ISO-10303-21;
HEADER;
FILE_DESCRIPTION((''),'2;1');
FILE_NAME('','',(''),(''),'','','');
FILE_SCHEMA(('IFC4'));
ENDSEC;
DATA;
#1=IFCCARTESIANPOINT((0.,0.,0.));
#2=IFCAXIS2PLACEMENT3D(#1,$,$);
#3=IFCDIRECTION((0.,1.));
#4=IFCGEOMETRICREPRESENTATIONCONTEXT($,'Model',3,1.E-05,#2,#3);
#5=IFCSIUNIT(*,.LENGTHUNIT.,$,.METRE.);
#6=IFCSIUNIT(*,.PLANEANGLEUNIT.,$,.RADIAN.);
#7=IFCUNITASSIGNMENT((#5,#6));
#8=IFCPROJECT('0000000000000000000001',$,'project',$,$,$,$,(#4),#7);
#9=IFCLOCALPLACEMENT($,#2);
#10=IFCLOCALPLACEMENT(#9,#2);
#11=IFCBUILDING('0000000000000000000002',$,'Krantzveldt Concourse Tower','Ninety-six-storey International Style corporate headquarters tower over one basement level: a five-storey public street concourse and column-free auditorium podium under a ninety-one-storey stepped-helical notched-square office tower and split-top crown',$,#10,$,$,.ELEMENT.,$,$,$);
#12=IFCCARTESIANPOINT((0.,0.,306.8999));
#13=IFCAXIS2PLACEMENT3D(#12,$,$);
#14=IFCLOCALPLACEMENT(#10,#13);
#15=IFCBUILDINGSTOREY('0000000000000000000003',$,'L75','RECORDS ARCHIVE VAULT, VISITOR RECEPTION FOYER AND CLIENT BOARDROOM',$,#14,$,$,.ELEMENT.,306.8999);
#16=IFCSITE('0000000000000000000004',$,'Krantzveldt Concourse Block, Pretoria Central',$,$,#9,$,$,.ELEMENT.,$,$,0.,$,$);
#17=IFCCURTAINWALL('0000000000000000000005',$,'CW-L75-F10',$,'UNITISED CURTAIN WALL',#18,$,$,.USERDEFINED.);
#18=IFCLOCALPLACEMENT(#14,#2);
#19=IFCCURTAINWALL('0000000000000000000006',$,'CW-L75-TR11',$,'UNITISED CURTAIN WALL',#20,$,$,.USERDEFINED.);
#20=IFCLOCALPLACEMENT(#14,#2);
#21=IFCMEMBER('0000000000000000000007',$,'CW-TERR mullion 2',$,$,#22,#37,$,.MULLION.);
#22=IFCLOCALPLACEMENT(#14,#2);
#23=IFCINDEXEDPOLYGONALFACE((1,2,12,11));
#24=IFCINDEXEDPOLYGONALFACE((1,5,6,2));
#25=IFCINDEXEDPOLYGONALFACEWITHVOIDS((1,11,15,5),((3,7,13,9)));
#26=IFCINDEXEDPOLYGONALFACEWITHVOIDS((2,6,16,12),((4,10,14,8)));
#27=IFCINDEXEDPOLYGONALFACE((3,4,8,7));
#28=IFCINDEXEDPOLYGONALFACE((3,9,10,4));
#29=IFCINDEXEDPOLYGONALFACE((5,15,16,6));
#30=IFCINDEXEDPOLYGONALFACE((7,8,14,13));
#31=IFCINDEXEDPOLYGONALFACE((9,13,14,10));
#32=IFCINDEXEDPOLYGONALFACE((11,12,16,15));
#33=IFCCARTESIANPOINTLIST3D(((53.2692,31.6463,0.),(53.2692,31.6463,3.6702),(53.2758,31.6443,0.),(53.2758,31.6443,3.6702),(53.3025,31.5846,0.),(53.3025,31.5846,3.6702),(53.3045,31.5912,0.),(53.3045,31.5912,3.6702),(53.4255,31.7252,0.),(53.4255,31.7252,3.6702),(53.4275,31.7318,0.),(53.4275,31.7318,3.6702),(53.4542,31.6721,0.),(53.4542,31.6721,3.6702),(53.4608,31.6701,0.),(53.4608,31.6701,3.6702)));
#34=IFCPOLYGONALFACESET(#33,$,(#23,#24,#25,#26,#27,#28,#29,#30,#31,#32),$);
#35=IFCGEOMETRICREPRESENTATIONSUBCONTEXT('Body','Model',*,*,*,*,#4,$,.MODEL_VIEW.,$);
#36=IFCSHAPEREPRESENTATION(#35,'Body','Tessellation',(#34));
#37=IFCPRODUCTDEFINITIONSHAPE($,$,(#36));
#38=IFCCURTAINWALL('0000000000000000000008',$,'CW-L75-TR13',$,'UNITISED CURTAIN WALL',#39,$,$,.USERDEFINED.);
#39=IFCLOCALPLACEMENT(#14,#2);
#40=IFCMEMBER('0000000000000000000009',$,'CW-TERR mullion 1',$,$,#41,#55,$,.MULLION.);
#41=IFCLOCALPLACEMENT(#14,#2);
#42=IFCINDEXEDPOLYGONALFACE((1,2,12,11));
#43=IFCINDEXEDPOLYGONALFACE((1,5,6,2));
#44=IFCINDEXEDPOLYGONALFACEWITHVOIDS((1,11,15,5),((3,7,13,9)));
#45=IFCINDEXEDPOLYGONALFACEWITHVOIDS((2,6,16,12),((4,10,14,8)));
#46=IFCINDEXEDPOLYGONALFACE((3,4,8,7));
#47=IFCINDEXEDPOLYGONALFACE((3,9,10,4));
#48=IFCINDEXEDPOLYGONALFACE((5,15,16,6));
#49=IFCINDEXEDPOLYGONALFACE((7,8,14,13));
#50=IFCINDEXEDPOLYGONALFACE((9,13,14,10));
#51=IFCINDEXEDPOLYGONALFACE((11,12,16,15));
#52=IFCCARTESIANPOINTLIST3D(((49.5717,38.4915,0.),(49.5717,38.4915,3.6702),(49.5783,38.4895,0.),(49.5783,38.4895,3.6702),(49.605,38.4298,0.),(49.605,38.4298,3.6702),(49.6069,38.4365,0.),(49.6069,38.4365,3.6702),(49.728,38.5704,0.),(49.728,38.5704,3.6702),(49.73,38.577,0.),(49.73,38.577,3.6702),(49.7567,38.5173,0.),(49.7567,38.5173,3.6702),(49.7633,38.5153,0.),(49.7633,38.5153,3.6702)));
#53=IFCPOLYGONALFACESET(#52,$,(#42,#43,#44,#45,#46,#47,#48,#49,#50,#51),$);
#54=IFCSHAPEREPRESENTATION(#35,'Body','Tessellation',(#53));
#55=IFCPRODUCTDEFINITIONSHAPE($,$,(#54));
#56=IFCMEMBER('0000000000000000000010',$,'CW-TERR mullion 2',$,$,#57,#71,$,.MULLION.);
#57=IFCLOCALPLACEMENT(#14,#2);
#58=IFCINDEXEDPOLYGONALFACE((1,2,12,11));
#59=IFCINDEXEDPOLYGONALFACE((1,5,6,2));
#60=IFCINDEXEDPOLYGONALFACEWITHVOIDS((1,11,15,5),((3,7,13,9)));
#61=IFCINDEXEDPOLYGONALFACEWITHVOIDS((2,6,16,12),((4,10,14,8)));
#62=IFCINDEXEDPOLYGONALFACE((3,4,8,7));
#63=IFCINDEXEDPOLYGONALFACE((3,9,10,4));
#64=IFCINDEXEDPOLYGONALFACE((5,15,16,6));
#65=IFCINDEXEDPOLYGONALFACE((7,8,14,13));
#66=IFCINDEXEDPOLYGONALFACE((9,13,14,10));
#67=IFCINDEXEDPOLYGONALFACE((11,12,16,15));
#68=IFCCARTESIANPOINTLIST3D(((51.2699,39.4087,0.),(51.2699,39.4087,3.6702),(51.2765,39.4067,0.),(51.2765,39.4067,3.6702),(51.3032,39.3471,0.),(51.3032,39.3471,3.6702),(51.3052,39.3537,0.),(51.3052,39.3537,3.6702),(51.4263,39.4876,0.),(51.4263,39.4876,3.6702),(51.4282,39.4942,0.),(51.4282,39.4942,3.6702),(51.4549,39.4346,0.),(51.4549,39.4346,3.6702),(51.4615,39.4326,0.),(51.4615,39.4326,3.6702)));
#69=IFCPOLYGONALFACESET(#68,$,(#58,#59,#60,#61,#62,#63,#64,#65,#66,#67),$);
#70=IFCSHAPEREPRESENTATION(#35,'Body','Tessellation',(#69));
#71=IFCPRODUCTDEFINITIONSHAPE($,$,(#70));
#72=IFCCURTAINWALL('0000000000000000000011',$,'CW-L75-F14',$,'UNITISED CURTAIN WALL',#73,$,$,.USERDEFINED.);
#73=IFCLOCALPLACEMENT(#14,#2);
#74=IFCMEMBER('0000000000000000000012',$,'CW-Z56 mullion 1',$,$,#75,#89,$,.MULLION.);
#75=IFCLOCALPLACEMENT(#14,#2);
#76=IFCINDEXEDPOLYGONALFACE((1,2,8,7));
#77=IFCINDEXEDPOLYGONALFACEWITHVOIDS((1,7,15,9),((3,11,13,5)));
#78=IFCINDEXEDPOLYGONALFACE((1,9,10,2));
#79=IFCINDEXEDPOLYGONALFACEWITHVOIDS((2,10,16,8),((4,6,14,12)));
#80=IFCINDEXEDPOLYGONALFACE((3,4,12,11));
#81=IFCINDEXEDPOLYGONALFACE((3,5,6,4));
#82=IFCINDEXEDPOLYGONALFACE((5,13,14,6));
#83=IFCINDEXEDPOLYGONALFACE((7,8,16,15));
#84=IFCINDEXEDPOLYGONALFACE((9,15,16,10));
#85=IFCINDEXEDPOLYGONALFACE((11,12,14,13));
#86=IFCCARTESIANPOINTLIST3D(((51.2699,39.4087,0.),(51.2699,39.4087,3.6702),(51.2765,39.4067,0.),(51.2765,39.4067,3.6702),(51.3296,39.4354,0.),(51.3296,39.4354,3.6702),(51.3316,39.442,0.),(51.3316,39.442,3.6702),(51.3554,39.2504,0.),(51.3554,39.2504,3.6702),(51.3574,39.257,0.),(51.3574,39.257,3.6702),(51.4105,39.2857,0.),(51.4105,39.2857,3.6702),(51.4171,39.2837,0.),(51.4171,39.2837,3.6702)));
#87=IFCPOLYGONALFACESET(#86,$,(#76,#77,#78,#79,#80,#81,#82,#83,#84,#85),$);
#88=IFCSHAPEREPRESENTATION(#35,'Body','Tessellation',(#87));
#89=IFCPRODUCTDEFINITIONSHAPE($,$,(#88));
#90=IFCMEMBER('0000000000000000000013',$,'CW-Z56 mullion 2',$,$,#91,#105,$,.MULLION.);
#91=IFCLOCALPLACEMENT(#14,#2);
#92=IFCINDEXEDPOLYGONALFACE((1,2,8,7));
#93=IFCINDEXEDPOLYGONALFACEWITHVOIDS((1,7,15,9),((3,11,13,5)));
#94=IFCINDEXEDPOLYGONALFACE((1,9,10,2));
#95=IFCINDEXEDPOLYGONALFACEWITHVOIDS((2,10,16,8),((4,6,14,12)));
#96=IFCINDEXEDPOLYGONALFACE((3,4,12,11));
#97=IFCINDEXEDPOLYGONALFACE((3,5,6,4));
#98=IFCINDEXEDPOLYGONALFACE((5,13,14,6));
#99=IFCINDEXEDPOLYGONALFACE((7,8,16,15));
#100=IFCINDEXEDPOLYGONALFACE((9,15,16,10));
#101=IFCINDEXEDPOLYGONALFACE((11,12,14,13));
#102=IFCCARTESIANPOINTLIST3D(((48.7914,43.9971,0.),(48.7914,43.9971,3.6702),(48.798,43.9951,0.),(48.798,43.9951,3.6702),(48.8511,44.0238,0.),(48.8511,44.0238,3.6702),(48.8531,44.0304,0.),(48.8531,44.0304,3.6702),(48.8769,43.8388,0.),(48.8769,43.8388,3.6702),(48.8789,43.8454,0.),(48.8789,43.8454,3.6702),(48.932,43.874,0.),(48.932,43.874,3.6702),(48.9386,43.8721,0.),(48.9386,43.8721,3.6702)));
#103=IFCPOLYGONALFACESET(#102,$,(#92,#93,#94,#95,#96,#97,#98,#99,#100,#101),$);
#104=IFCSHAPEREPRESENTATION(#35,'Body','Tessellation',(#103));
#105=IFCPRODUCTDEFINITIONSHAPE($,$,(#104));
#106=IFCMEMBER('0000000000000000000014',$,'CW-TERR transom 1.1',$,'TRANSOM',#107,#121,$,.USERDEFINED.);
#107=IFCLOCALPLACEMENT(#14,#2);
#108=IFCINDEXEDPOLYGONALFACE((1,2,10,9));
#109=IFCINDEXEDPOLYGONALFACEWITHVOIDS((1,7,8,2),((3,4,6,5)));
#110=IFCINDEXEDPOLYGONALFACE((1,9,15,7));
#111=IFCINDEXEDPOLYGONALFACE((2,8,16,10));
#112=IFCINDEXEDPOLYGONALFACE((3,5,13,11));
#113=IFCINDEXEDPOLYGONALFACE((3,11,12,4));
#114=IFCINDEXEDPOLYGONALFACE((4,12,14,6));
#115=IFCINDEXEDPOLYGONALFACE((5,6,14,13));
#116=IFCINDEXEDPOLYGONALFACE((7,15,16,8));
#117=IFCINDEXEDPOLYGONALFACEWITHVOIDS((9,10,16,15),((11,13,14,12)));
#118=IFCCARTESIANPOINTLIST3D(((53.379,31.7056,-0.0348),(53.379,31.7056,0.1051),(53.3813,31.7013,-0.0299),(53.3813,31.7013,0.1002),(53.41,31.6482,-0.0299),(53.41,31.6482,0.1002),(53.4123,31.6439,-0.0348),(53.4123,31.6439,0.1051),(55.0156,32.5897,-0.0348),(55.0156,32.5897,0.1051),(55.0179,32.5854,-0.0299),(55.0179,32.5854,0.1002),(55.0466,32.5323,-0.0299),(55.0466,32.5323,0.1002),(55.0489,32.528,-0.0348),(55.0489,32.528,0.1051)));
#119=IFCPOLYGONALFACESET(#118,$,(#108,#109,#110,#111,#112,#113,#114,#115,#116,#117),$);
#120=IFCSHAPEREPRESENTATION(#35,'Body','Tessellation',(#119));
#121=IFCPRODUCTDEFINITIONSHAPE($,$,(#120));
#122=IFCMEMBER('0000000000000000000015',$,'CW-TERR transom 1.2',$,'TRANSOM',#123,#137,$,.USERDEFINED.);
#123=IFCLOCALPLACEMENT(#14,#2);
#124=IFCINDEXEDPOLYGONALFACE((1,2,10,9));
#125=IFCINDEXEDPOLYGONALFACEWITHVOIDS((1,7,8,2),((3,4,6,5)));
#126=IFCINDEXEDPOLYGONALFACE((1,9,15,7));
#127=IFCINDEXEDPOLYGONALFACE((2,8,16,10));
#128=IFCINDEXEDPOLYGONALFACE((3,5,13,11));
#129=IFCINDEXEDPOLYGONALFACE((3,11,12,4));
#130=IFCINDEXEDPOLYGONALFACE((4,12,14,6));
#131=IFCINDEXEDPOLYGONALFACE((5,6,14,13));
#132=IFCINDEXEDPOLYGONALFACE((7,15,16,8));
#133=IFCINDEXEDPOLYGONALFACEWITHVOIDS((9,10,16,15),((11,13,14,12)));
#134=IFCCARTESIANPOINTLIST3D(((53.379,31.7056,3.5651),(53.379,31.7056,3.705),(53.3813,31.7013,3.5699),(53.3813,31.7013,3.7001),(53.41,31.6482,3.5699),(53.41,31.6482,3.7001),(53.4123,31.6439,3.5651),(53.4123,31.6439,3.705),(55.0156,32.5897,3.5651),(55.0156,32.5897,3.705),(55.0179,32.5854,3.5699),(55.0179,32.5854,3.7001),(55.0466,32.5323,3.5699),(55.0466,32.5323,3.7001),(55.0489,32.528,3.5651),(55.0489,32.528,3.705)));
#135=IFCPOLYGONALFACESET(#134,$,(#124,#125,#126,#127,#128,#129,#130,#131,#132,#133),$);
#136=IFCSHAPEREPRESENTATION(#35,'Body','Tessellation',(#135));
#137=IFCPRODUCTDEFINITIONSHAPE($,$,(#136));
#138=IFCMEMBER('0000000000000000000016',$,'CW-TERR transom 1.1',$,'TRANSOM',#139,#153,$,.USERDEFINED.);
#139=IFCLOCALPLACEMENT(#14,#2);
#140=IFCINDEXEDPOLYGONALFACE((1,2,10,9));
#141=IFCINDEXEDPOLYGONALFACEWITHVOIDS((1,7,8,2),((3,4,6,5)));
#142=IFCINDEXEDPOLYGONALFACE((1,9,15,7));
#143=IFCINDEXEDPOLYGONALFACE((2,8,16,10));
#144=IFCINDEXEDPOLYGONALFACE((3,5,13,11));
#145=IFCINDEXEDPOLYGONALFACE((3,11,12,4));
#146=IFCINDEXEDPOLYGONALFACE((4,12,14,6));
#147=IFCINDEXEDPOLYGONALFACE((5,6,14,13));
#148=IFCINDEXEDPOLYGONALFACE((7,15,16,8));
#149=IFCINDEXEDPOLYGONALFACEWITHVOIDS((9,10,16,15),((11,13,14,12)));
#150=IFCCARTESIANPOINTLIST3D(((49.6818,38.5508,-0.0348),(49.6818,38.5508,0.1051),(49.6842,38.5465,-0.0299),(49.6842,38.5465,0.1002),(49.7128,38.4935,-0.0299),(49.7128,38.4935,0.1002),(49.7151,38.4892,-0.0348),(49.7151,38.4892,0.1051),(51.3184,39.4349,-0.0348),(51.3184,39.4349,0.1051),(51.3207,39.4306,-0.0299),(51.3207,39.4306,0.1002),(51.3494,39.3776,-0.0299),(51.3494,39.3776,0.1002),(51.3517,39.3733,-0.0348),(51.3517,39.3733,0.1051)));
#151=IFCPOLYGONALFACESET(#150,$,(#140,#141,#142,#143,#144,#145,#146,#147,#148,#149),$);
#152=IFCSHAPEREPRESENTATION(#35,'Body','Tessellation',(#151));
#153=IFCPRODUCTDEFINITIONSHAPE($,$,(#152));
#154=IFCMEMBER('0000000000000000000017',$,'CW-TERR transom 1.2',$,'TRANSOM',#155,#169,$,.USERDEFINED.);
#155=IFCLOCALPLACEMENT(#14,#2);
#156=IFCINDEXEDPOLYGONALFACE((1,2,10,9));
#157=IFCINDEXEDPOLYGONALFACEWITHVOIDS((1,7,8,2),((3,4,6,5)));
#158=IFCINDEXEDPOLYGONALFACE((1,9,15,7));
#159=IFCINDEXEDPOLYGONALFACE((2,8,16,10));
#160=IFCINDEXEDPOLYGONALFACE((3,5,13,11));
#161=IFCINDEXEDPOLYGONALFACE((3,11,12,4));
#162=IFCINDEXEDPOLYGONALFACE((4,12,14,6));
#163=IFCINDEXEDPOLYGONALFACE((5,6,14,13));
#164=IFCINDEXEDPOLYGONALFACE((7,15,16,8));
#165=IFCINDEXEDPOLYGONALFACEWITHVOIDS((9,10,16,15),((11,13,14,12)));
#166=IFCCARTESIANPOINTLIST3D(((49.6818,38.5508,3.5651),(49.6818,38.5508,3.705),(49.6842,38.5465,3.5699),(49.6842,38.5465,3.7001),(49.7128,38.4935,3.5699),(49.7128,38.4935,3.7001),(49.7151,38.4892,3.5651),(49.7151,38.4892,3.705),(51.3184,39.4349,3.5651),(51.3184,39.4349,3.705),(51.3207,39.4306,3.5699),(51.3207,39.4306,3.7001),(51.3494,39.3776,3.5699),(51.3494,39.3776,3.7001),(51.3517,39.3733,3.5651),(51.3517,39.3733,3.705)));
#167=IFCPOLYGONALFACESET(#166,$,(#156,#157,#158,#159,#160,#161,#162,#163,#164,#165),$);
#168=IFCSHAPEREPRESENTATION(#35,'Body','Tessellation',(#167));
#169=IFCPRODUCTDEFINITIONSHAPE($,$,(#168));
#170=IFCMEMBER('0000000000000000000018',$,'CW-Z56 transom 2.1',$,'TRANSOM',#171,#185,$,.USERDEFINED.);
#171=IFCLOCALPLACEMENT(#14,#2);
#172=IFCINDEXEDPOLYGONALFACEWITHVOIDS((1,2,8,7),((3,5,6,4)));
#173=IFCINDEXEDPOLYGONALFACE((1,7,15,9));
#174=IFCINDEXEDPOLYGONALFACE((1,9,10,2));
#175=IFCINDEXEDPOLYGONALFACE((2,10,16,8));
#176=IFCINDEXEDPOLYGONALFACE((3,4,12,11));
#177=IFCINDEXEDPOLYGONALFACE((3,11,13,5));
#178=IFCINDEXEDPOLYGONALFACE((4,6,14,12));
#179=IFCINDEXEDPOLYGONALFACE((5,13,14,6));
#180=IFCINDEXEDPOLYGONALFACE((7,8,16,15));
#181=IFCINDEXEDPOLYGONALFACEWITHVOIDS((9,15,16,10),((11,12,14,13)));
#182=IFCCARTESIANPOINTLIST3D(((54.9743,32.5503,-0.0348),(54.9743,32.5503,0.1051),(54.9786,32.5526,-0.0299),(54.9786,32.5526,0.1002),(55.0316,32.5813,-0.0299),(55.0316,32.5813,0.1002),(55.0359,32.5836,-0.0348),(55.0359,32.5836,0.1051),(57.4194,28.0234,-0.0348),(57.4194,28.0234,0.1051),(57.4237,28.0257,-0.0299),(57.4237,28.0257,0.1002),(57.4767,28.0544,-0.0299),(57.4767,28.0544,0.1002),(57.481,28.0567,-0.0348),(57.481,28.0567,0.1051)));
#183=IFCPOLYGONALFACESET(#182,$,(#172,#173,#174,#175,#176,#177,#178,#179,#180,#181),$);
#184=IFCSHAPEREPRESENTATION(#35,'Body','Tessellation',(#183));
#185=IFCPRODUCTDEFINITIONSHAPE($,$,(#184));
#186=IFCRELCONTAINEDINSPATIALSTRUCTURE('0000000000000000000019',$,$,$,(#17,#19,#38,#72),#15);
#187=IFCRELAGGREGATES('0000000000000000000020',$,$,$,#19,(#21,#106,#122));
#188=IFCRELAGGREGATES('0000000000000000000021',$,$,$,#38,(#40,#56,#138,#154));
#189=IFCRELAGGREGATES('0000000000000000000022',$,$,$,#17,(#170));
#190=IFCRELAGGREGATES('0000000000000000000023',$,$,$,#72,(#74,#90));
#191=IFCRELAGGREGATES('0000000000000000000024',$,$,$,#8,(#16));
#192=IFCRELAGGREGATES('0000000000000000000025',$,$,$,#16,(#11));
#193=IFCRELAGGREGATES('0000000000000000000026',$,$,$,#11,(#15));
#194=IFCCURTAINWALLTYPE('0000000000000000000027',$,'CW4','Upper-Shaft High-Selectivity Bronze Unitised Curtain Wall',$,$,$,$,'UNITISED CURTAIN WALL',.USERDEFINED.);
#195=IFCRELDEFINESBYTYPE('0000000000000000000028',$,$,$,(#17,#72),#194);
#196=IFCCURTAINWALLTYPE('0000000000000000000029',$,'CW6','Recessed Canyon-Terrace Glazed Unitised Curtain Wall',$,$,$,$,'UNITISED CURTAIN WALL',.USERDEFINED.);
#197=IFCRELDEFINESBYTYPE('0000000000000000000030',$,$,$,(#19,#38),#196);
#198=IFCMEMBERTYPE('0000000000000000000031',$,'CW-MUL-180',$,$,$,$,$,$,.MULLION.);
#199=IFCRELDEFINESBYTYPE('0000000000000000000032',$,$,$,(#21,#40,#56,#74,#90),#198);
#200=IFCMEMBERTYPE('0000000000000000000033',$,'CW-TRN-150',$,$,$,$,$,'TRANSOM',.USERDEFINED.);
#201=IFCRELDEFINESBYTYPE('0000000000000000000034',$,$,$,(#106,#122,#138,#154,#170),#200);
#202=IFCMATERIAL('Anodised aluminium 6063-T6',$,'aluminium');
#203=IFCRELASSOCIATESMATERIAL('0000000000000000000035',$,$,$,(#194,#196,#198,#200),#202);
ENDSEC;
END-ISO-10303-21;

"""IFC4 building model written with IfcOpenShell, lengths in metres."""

from ifc_helpers import new_model, si_unit, direction, frame, origin, origin_2d, place, context, subcontext, project, spatial, hollow_rectangle, extrude, source, transform, mapped, material, material_profile, profile_set, type_object, type_shapes, element, aggregate, save


model = new_model("IFC4")

# Units and contexts
model_context = context("Model", 3, precision=1e-05, world=origin(), true_north=direction((0.0, 1.0)))
body_context = subcontext(model_context, "Body", "Model", "MODEL_VIEW")
ifc_project = project(units=[si_unit("LENGTHUNIT", "METRE"), si_unit("PLANEANGLEUNIT", "RADIAN")], contexts=[model_context])

# Site, building, storey
site_placement = place(None, origin())
site = spatial("IfcSite", under=ifc_project, at=site_placement, Name="Krantzveldt Concourse Block, Pretoria Central", CompositionType="ELEMENT", RefElevation=0.0)
building_placement = place(site_placement, origin())
building = spatial("IfcBuilding", under=site, at=building_placement, Name="Krantzveldt Concourse Tower", Description="Ninety-six-storey International Style corporate headquarters tower over one basement level: a five-storey public street concourse and column-free auditorium podium under a ninety-one-storey stepped-helical notched-square office tower and split-top crown", CompositionType="ELEMENT")
storey_placement = place(building_placement, frame((0.0, 0.0, 306.8999)))
storey = spatial("IfcBuildingStorey", under=building, at=storey_placement, Name="L75", Description="RECORDS ARCHIVE VAULT, VISITOR RECEPTION FOYER AND CLIENT BOARDROOM", CompositionType="ELEMENT", Elevation=306.8999)

# Curtain walls, members
ifc_material_1 = material(Name="Anodised aluminium 6063-T6", Category="aluminium")
curtain_wall_type_1 = type_object("IfcCurtainWallType", Name="CW4", Description="Upper-Shaft High-Selectivity Bronze Unitised Curtain Wall", ElementType="UNITISED CURTAIN WALL", PredefinedType="USERDEFINED", material=ifc_material_1)
curtain_wall_1_placement = place(storey_placement, origin())
curtain_wall_1 = element("IfcCurtainWall", 1, at=curtain_wall_1_placement, inside=storey, type_object=curtain_wall_type_1, Name="CW-L75-F10", ObjectType="UNITISED CURTAIN WALL", PredefinedType="USERDEFINED")
ifc_material_profile_1 = material_profile(ifc_material_1, hollow_rectangle(XDim=0.0701, YDim=0.1799, WallThickness=0.0049, at=origin_2d()), Name="Anodised aluminium 6063-T6", Category="aluminium")
ifc_profile_set_1 = profile_set([ifc_material_profile_1], Name="Anodised aluminium 6063-T6 - ALU-MULL 180x70x5")
member_type_1 = type_object("IfcMemberType", Name="CW-MUL-180", PredefinedType="MULLION", material=ifc_profile_set_1)
shared_shape_1 = source(origin(), body_context, "Body", "SweptSolid", [
    extrude(hollow_rectangle(XDim=0.0701, YDim=0.1799, WallThickness=0.0049, at=origin_2d()), origin(), (0.0, 0.0, 1.0), 3.6702),
])
type_shapes(member_type_1, [shared_shape_1])
curtain_wall_type_2 = type_object("IfcCurtainWallType", Name="CW6", Description="Recessed Canyon-Terrace Glazed Unitised Curtain Wall", ElementType="UNITISED CURTAIN WALL", PredefinedType="USERDEFINED", material=ifc_material_1)
curtain_wall_2_placement = place(storey_placement, origin())
curtain_wall_2 = element("IfcCurtainWall", 2, at=curtain_wall_2_placement, inside=storey, type_object=curtain_wall_type_2, Name="CW-L75-TR11", ObjectType="UNITISED CURTAIN WALL", PredefinedType="USERDEFINED")
member_1_placement = place(storey_placement, frame((53.365, 31.6582, 0.0), z_axis=(0.0, 0.0, 1.0), x_axis=(0.475241, -0.879856, 0.0)))
member_1 = element("IfcMember", 3, at=member_1_placement, type_object=member_type_1, Name="CW-TERR mullion 2", PredefinedType="MULLION", context=body_context, shape_type="MappedRepresentation", body=[
    mapped(shared_shape_1, transform((0.0, 0.0, 0.0), x_axis=(1.0, 0.0, 0.0), y_axis=(0.0, 1.0, 0.0), z_axis=(0.0, 0.0, 1.0), scale=1.0)),
])
curtain_wall_3_placement = place(storey_placement, origin())
curtain_wall_3 = element("IfcCurtainWall", 4, at=curtain_wall_3_placement, inside=storey, type_object=curtain_wall_type_2, Name="CW-L75-TR13", ObjectType="UNITISED CURTAIN WALL", PredefinedType="USERDEFINED")
member_2_placement = place(storey_placement, frame((49.6675, 38.5034, 0.0), z_axis=(0.0, 0.0, 1.0), x_axis=(-0.475241, 0.879856, 0.0)))
member_2 = element("IfcMember", 5, at=member_2_placement, type_object=member_type_1, Name="CW-TERR mullion 1", PredefinedType="MULLION", context=body_context, shape_type="MappedRepresentation", body=[
    mapped(shared_shape_1, transform((0.0, 0.0, 0.0), x_axis=(1.0, 0.0, 0.0), y_axis=(0.0, 1.0, 0.0), z_axis=(0.0, 0.0, 1.0), scale=1.0)),
])
member_3_placement = place(storey_placement, frame((51.3657, 39.4207, 0.0), z_axis=(0.0, 0.0, 1.0), x_axis=(-0.475241, 0.879856, 0.0)))
member_3 = element("IfcMember", 6, at=member_3_placement, type_object=member_type_1, Name="CW-TERR mullion 2", PredefinedType="MULLION", context=body_context, shape_type="MappedRepresentation", body=[
    mapped(shared_shape_1, transform((0.0, 0.0, 0.0), x_axis=(1.0, 0.0, 0.0), y_axis=(0.0, 1.0, 0.0), z_axis=(0.0, 0.0, 1.0), scale=1.0)),
])
curtain_wall_4_placement = place(storey_placement, origin())
curtain_wall_4 = element("IfcCurtainWall", 7, at=curtain_wall_4_placement, inside=storey, type_object=curtain_wall_type_1, Name="CW-L75-F14", ObjectType="UNITISED CURTAIN WALL", PredefinedType="USERDEFINED")
member_4_placement = place(storey_placement, frame((51.3435, 39.3462, 0.0), z_axis=(0.0, 0.0, 1.0), x_axis=(-0.879856, -0.47524, 0.0)))
member_4 = element("IfcMember", 8, at=member_4_placement, type_object=member_type_1, Name="CW-Z56 mullion 1", PredefinedType="MULLION", context=body_context, shape_type="MappedRepresentation", body=[
    mapped(shared_shape_1, transform((0.0, 0.0, 0.0), x_axis=(1.0, 0.0, 0.0), y_axis=(0.0, 1.0, 0.0), z_axis=(0.0, 0.0, 1.0), scale=1.0)),
])
member_5_placement = place(storey_placement, frame((48.865, 43.9346, 0.0), z_axis=(0.0, 0.0, 1.0), x_axis=(-0.879856, -0.47524, 0.0)))
member_5 = element("IfcMember", 9, at=member_5_placement, type_object=member_type_1, Name="CW-Z56 mullion 2", PredefinedType="MULLION", context=body_context, shape_type="MappedRepresentation", body=[
    mapped(shared_shape_1, transform((0.0, 0.0, 0.0), x_axis=(1.0, 0.0, 0.0), y_axis=(0.0, 1.0, 0.0), z_axis=(0.0, 0.0, 1.0), scale=1.0)),
])

# Members
ifc_material_profile_2 = material_profile(ifc_material_1, hollow_rectangle(XDim=0.0701, YDim=0.1399, WallThickness=0.0049, at=origin_2d()), Name="Anodised aluminium 6063-T6", Category="aluminium")
ifc_profile_set_2 = profile_set([ifc_material_profile_2], Name="Anodised aluminium 6063-T6 - ALU-TRAN 140x70x5")
member_type_2 = type_object("IfcMemberType", Name="CW-TRN-150", ElementType="TRANSOM", PredefinedType="USERDEFINED", material=ifc_profile_set_2)
shared_shape_2 = source(origin(), body_context, "Body", "SweptSolid", [
    extrude(hollow_rectangle(XDim=0.0701, YDim=0.1399, WallThickness=0.0049, at=origin_2d()), origin(), (0.0, 0.0, 1.0), 1.8601),
])
member_6_placement = place(storey_placement, frame((55.0322, 32.5588, 0.0352), z_axis=(-0.87983, -0.475289, 0.0), x_axis=(0.475289, -0.87983, 0.0)))
member_6 = element("IfcMember", 10, at=member_6_placement, type_object=member_type_2, Name="CW-TERR transom 1.1", ObjectType="TRANSOM", PredefinedType="USERDEFINED", context=body_context, shape_type="MappedRepresentation", body=[
    mapped(shared_shape_2, transform((0.0, 0.0, 0.0), x_axis=(1.0, 0.0, 0.0), y_axis=(0.0, 1.0, 0.0), z_axis=(0.0, 0.0, 1.0), scale=1.0)),
])
member_7_placement = place(storey_placement, frame((55.0322, 32.5588, 3.635), z_axis=(-0.87983, -0.475289, 0.0), x_axis=(0.475289, -0.87983, 0.0)))
member_7 = element("IfcMember", 11, at=member_7_placement, type_object=member_type_2, Name="CW-TERR transom 1.2", ObjectType="TRANSOM", PredefinedType="USERDEFINED", context=body_context, shape_type="MappedRepresentation", body=[
    mapped(shared_shape_2, transform((0.0, 0.0, 0.0), x_axis=(1.0, 0.0, 0.0), y_axis=(0.0, 1.0, 0.0), z_axis=(0.0, 0.0, 1.0), scale=1.0)),
])
member_8_placement = place(storey_placement, frame((49.6985, 38.52, 0.0352), z_axis=(0.87983, 0.475289, 0.0), x_axis=(-0.475289, 0.87983, 0.0)))
member_8 = element("IfcMember", 12, at=member_8_placement, type_object=member_type_2, Name="CW-TERR transom 1.1", ObjectType="TRANSOM", PredefinedType="USERDEFINED", context=body_context, shape_type="MappedRepresentation", body=[
    mapped(shared_shape_2, transform((0.0, 0.0, 0.0), x_axis=(1.0, 0.0, 0.0), y_axis=(0.0, 1.0, 0.0), z_axis=(0.0, 0.0, 1.0), scale=1.0)),
])
member_9_placement = place(storey_placement, frame((49.6985, 38.52, 3.635), z_axis=(0.87983, 0.475289, 0.0), x_axis=(-0.475289, 0.87983, 0.0)))
member_9 = element("IfcMember", 13, at=member_9_placement, type_object=member_type_2, Name="CW-TERR transom 1.2", ObjectType="TRANSOM", PredefinedType="USERDEFINED", context=body_context, shape_type="MappedRepresentation", body=[
    mapped(shared_shape_2, transform((0.0, 0.0, 0.0), x_axis=(1.0, 0.0, 0.0), y_axis=(0.0, 1.0, 0.0), z_axis=(0.0, 0.0, 1.0), scale=1.0)),
])
shared_shape_3 = source(origin(), body_context, "Body", "SweptSolid", [
    extrude(hollow_rectangle(XDim=0.0701, YDim=0.1399, WallThickness=0.0049, at=origin_2d()), origin(), (0.0, 0.0, 1.0), 5.145),
])
type_shapes(member_type_2, [shared_shape_2, shared_shape_3])
member_10_placement = place(storey_placement, frame((57.4502, 28.04, 0.0352), z_axis=(-0.475234, 0.879859, 0.0), x_axis=(-0.879859, -0.475234, 0.0)))
member_10 = element("IfcMember", 14, at=member_10_placement, type_object=member_type_2, Name="CW-Z56 transom 2.1", ObjectType="TRANSOM", PredefinedType="USERDEFINED", context=body_context, shape_type="MappedRepresentation", body=[
    mapped(shared_shape_3, transform((0.0, 0.0, 0.0), x_axis=(1.0, 0.0, 0.0), y_axis=(0.0, 1.0, 0.0), z_axis=(0.0, 0.0, 1.0), scale=1.0)),
])

aggregate(curtain_wall_2, [member_1, member_6, member_7])
aggregate(curtain_wall_3, [member_2, member_3, member_8, member_9])
aggregate(curtain_wall_1, [member_10])
aggregate(curtain_wall_4, [member_4, member_5])

save(model, "model.ifc")
